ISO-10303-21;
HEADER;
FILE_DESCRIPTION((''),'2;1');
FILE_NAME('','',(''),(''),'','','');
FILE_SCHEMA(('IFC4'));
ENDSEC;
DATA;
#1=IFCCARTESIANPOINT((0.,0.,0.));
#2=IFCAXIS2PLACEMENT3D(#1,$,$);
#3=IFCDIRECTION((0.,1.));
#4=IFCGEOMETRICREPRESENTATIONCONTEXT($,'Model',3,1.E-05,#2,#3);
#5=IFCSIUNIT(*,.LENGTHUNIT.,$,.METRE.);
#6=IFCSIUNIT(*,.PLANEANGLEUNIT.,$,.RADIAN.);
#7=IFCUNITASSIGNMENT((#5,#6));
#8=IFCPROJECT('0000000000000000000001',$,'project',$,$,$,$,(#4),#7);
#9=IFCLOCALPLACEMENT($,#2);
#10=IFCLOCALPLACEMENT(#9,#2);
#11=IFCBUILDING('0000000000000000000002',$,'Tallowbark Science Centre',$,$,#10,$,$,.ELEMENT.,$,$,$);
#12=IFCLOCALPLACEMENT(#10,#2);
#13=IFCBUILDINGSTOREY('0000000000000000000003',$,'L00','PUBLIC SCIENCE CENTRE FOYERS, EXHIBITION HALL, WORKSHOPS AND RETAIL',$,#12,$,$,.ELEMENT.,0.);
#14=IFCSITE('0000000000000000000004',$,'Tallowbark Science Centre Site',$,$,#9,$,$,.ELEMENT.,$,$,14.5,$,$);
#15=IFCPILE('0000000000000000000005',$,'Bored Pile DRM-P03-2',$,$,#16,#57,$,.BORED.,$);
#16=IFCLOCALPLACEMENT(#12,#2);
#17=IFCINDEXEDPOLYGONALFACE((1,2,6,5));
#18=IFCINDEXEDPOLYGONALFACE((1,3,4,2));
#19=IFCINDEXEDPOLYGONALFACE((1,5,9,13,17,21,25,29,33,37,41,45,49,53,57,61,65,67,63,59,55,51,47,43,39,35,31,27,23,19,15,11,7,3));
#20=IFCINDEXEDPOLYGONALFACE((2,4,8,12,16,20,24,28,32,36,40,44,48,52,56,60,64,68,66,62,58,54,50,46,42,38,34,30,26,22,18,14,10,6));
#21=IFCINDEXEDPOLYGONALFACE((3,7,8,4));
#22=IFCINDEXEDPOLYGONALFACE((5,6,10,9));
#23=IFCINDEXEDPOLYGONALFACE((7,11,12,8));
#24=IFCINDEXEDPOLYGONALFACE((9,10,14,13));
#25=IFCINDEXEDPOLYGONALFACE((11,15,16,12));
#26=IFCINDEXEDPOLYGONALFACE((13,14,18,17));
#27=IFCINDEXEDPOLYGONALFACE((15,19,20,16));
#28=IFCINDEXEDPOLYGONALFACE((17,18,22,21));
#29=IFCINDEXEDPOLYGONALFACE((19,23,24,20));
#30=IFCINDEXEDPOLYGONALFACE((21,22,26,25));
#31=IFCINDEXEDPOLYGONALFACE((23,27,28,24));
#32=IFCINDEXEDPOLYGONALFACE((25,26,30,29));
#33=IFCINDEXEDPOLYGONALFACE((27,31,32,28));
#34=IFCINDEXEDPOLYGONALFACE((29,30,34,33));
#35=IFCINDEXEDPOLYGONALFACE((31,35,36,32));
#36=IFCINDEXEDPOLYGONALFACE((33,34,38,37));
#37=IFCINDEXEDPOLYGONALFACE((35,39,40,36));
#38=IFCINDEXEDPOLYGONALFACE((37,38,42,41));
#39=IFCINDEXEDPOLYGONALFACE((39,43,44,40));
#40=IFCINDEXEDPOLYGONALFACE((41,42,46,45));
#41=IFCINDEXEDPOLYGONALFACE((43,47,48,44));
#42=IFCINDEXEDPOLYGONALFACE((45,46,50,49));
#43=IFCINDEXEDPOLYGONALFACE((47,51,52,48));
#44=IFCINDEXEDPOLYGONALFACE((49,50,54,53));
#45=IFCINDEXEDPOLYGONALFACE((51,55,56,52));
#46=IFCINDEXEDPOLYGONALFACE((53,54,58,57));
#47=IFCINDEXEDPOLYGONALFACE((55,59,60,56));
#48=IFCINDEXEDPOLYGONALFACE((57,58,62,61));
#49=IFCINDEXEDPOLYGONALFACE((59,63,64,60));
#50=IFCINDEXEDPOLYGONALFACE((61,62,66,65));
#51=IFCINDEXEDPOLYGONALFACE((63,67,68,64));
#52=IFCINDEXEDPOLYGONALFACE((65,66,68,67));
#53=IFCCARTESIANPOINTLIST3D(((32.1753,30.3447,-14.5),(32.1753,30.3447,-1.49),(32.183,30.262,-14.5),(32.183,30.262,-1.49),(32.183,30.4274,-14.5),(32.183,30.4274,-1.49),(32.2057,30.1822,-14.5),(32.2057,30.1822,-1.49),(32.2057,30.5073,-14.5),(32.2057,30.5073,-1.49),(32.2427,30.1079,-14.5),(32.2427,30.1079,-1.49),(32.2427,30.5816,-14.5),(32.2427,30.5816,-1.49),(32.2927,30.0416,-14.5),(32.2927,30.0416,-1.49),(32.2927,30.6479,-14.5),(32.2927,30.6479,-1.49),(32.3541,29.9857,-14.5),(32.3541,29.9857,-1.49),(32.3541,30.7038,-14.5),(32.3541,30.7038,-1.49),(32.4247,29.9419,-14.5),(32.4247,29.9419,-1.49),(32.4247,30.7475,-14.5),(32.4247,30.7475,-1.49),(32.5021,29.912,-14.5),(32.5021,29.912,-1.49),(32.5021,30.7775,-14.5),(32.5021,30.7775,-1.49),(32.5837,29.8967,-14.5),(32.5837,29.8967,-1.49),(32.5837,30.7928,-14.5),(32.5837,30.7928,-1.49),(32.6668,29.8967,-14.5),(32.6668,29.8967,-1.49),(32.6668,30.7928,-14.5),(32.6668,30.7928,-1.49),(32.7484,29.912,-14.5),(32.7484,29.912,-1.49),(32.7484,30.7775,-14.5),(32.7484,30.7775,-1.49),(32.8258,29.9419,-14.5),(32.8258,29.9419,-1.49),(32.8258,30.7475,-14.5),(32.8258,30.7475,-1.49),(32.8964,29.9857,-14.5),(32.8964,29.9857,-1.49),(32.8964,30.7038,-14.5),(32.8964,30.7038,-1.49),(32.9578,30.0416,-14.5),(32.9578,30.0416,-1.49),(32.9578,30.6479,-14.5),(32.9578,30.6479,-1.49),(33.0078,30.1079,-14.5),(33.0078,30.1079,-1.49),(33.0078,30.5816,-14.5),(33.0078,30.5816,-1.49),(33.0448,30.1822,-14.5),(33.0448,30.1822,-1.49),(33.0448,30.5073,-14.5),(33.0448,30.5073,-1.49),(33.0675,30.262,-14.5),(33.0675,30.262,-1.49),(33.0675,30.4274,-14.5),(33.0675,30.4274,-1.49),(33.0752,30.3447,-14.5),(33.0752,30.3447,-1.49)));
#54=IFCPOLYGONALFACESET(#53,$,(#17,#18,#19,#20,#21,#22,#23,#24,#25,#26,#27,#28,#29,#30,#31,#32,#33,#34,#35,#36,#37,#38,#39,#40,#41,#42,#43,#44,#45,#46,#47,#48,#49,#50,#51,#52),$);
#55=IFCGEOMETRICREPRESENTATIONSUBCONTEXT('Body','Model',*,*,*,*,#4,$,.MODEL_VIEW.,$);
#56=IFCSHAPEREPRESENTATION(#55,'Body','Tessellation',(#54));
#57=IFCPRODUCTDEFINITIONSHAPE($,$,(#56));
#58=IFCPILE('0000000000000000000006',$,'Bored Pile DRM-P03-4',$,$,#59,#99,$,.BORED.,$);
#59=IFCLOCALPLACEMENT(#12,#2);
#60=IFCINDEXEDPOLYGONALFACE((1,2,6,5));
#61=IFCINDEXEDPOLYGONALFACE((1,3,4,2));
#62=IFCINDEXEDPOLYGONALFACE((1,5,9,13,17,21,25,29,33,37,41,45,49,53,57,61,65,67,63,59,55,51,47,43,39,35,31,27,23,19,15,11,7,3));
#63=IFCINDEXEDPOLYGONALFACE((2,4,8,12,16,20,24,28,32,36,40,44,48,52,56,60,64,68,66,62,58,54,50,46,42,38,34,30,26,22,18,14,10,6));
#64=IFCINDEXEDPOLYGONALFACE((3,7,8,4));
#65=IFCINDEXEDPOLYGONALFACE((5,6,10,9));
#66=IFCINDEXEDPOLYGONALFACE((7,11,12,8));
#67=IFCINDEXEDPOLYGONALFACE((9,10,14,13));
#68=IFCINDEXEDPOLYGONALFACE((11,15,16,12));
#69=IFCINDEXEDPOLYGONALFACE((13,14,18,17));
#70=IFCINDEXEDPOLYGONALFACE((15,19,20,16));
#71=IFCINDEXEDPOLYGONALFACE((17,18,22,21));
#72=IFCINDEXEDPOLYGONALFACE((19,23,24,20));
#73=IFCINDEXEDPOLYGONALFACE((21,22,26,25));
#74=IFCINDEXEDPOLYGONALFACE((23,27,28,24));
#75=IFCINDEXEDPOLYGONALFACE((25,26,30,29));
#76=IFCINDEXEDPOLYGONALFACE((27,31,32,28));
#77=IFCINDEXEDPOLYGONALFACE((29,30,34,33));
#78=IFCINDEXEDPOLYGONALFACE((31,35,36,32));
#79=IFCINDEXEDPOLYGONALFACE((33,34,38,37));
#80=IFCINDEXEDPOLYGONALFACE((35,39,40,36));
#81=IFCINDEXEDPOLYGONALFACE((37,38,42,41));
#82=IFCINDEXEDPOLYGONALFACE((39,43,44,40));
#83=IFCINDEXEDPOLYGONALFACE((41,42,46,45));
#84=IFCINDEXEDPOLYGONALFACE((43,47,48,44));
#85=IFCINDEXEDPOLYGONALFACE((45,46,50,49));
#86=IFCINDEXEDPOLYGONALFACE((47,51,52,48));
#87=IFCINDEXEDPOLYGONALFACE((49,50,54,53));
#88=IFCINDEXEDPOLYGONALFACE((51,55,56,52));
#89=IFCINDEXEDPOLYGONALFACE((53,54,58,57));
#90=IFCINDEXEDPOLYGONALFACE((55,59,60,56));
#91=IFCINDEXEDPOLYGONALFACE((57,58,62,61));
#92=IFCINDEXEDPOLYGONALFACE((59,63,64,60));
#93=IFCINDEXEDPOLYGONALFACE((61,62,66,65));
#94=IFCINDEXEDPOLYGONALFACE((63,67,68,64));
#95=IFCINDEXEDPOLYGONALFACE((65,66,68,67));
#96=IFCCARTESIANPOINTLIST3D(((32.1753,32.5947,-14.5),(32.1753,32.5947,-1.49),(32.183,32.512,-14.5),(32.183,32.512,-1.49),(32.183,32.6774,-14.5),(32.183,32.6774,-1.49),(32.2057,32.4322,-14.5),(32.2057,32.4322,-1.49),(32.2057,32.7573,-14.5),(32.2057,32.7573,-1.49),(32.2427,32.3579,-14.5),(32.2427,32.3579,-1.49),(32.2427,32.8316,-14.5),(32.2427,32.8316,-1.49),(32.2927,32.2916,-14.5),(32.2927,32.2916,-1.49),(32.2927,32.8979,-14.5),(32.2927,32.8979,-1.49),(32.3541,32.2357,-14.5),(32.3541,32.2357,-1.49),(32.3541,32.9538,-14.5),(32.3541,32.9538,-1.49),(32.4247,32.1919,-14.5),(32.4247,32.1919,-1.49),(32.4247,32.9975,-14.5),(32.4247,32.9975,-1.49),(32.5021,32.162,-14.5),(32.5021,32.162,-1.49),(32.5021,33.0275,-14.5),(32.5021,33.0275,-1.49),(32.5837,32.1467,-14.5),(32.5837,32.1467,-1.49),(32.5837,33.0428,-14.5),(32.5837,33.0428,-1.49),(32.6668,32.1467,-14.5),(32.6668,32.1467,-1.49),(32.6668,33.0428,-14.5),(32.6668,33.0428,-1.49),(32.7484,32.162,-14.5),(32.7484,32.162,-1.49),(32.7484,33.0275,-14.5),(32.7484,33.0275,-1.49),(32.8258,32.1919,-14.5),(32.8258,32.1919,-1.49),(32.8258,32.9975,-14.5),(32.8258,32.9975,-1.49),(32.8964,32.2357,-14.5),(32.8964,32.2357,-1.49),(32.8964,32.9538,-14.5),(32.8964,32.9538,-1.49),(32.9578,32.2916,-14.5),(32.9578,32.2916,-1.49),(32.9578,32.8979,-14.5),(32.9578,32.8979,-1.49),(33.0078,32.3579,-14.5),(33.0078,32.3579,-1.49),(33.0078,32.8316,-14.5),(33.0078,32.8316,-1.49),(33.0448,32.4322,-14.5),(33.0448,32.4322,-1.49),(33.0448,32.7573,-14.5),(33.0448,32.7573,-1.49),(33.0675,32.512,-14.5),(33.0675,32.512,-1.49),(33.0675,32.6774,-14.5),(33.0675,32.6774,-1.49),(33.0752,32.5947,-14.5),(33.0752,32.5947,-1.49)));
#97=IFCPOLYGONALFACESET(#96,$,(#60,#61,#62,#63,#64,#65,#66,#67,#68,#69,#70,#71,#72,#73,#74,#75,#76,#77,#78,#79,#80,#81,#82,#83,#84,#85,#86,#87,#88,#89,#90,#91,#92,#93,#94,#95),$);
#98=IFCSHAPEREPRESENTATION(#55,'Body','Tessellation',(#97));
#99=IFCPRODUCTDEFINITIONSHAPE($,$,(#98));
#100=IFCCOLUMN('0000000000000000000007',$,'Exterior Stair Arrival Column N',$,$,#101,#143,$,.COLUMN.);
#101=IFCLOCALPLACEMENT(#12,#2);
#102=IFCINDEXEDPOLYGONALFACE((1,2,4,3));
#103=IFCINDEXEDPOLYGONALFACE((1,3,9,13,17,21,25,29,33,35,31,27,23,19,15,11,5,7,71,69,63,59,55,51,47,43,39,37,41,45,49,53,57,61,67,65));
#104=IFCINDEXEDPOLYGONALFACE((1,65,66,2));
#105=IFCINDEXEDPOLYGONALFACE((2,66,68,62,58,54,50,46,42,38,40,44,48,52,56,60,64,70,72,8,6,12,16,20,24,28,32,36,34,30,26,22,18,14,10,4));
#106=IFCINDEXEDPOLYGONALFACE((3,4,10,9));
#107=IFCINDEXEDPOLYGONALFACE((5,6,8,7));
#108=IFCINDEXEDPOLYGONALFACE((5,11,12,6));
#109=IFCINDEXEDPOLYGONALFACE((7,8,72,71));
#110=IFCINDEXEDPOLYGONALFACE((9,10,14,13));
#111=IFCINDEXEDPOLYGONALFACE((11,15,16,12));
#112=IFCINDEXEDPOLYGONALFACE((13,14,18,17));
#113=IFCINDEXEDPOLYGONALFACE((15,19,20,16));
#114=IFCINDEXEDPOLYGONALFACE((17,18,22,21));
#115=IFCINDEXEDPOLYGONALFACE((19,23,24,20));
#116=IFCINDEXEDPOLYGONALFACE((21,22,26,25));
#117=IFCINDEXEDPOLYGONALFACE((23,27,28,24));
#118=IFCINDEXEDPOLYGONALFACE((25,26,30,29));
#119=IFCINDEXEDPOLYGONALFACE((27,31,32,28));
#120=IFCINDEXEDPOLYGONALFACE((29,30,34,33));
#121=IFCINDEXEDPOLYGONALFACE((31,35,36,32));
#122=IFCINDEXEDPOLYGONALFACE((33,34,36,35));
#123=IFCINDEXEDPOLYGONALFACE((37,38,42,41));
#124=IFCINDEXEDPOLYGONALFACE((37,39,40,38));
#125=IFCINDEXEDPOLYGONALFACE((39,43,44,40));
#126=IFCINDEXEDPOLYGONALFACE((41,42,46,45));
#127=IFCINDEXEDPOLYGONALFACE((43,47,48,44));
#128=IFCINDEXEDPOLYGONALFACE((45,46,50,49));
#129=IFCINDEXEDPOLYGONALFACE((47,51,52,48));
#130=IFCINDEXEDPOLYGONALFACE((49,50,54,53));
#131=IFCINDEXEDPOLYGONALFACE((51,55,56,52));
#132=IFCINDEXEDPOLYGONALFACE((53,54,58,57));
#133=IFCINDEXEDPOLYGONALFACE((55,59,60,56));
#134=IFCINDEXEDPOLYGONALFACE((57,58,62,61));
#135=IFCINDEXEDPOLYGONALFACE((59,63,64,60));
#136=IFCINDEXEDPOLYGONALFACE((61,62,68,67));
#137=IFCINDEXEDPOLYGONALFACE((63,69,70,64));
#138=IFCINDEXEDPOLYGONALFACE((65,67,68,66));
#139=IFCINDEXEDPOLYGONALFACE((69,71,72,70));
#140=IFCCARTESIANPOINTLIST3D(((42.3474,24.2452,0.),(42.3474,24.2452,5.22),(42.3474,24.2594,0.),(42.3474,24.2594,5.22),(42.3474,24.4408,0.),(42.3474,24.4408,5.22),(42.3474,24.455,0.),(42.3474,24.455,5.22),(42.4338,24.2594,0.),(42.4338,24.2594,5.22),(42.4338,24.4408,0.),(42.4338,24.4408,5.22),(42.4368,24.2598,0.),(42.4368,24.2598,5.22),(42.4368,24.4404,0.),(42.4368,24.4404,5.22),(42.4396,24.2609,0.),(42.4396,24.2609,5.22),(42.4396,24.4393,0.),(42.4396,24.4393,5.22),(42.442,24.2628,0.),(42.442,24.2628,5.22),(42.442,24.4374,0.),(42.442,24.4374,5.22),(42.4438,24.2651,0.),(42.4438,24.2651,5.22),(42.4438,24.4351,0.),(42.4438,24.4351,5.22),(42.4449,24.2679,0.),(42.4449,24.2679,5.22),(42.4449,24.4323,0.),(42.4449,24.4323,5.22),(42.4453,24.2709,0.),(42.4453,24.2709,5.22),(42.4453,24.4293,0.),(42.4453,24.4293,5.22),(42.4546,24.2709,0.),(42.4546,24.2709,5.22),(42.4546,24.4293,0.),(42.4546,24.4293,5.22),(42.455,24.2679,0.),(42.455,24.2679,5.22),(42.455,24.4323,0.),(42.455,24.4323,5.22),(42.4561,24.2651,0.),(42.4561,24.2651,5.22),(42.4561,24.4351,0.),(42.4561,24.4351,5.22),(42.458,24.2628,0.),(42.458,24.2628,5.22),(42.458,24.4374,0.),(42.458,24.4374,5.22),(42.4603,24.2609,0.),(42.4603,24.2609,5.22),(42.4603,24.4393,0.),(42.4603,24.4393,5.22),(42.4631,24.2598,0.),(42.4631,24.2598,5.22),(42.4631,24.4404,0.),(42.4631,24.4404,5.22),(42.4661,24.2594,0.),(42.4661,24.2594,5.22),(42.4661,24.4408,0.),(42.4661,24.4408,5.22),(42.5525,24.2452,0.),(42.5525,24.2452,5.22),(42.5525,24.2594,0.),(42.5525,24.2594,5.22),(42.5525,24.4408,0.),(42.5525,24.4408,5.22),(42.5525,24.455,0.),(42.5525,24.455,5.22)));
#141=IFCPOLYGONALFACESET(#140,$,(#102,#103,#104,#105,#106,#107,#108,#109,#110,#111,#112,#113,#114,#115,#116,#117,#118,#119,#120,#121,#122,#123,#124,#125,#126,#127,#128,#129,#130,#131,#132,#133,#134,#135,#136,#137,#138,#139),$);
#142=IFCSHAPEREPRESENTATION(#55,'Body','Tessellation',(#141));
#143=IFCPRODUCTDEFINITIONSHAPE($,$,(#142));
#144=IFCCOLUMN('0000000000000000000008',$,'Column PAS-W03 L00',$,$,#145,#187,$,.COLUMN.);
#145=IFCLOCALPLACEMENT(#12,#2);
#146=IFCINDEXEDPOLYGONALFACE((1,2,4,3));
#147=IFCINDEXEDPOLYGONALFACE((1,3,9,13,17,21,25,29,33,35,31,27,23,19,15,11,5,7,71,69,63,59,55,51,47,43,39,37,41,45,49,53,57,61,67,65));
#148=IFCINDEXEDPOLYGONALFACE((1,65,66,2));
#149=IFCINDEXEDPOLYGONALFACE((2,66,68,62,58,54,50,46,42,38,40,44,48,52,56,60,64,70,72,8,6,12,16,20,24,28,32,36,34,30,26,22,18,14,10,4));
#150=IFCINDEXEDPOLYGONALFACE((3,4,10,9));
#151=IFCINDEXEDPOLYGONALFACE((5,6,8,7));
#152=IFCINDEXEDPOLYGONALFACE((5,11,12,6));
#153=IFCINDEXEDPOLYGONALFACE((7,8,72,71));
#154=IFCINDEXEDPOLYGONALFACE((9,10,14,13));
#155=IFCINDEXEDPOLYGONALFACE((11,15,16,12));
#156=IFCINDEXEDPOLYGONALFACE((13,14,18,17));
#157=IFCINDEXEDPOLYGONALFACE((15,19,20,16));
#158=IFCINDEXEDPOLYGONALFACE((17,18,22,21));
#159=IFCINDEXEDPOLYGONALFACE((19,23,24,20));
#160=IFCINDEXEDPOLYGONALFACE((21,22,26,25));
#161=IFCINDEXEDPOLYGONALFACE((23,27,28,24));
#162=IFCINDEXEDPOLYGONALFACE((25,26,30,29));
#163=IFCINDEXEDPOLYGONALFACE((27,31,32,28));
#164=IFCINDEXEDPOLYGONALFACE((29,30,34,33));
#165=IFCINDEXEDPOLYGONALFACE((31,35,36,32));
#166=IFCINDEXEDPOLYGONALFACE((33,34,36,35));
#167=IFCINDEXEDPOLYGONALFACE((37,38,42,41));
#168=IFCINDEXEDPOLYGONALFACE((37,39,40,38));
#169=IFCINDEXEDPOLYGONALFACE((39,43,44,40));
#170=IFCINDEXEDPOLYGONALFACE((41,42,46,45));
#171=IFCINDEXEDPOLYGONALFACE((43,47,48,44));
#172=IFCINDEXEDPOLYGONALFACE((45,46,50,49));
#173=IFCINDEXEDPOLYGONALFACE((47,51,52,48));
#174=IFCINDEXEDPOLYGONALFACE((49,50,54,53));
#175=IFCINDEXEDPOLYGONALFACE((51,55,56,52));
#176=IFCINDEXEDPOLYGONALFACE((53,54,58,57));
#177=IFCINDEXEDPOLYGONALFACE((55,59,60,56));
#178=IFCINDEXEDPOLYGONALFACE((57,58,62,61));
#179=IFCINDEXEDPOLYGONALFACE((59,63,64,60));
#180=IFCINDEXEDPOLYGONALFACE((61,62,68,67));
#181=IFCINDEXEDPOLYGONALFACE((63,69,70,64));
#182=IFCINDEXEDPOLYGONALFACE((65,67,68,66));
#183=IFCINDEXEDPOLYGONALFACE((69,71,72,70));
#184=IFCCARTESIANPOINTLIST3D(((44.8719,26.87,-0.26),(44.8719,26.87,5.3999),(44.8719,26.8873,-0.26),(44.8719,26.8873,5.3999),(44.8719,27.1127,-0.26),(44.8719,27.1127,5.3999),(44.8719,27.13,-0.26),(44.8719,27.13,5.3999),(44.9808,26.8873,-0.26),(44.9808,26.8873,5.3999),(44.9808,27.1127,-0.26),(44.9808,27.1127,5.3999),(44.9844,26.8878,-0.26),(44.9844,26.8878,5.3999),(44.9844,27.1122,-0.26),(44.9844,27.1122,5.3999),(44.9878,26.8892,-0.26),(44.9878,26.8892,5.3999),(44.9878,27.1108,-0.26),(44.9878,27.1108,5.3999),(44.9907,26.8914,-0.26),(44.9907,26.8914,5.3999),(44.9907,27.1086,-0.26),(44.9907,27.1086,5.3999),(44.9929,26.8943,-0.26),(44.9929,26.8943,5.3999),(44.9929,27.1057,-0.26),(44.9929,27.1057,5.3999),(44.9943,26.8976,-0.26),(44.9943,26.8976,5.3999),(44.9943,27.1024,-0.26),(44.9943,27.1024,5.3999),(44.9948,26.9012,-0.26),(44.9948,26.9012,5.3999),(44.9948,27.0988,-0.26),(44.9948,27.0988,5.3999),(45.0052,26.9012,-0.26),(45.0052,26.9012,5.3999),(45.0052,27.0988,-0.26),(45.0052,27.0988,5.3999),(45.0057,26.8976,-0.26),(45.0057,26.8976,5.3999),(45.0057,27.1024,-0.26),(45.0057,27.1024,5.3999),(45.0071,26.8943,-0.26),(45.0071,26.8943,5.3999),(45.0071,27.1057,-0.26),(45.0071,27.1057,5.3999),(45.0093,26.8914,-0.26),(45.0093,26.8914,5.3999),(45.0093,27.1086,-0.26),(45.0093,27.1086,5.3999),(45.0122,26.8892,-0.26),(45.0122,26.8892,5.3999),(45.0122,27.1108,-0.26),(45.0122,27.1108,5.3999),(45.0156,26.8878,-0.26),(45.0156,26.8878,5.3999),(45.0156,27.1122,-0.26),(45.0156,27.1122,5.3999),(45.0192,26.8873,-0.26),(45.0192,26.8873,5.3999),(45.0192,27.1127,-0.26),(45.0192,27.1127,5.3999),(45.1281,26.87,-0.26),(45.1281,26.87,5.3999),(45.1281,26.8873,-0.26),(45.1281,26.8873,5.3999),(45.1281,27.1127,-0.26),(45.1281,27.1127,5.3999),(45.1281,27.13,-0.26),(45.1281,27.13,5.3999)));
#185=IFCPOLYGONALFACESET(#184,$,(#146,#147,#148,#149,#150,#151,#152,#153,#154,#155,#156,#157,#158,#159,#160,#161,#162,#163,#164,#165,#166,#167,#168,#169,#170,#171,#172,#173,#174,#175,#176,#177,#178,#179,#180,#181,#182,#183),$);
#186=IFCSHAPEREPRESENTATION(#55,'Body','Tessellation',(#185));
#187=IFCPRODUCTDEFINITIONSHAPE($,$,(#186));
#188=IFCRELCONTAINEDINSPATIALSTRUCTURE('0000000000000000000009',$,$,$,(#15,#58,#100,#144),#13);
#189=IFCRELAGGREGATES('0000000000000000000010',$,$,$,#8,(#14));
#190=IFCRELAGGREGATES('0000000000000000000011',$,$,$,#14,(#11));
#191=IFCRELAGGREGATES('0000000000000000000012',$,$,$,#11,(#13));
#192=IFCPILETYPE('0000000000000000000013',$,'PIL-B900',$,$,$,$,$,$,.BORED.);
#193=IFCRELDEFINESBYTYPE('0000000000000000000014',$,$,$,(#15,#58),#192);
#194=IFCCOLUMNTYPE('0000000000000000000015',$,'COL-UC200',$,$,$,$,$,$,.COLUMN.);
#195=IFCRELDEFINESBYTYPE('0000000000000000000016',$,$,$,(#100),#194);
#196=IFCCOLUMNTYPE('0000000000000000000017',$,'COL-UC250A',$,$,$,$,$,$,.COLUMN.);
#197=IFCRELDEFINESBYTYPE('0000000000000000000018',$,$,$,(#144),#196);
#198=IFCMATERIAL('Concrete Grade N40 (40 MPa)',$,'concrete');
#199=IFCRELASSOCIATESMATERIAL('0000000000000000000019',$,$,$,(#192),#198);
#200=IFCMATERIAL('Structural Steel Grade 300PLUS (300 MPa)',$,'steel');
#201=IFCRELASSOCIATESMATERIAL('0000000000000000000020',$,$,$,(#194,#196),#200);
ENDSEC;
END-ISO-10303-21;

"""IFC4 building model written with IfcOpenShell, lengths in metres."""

from ifc_helpers import new_model, si_unit, direction, frame, origin, origin_2d, place, context, subcontext, project, spatial, circle, i_section, extrude, material, material_profile, profile_set, type_object, element, save


model = new_model("IFC4")

# Units and contexts
model_context = context("Model", 3, precision=1e-05, world=origin(), true_north=direction((0.0, 1.0)))
body_context = subcontext(model_context, "Body", "Model", "MODEL_VIEW")
ifc_project = project(units=[si_unit("LENGTHUNIT", "METRE"), si_unit("PLANEANGLEUNIT", "RADIAN")], contexts=[model_context])

# Site, building, storey
site_placement = place(None, origin())
site = spatial("IfcSite", under=ifc_project, at=site_placement, Name="Tallowbark Science Centre Site", CompositionType="ELEMENT", RefElevation=14.5)
building_placement = place(site_placement, origin())
building = spatial("IfcBuilding", under=site, at=building_placement, Name="Tallowbark Science Centre", CompositionType="ELEMENT")
storey_placement = place(building_placement, origin())
storey = spatial("IfcBuildingStorey", under=building, at=storey_placement, Name="L00", Description="PUBLIC SCIENCE CENTRE FOYERS, EXHIBITION HALL, WORKSHOPS AND RETAIL", CompositionType="ELEMENT", Elevation=0.0)

# Shared definitions
ifc_material_1 = material(Name="Concrete Grade N40 (40 MPa)", Category="concrete")

# Piles
ifc_material_profile_1 = material_profile(ifc_material_1, circle(Radius=0.45, at=origin_2d()), Name="PILE900")
ifc_profile_set_1 = profile_set([ifc_material_profile_1], Name="Concrete Grade N40 (40 MPa)")
pile_type_1 = type_object("IfcPileType", Name="PIL-B900", PredefinedType="BORED", material=ifc_profile_set_1)
for number, where, z_axis, x_axis, name in (
    (1, (32.6252, 30.3447, -1.49), (0.0, 0.0, -1.0), (1.0, 0.0, 0.0), "Bored Pile DRM-P03-2"),
    (2, (32.6252, 32.5947, -1.49), (0.0, 0.0, -1.0), (1.0, 0.0, 0.0), "Bored Pile DRM-P03-4"),
):
    element("IfcPile", number, at=place(storey_placement, frame(where, z_axis=z_axis, x_axis=x_axis)), inside=storey, type_object=pile_type_1, Name=name, PredefinedType="BORED", context=body_context, shape_type="SweptSolid", body=[
        extrude(circle(Radius=0.45, at=origin_2d()), origin(), (0.0, 0.0, 1.0), 13.01),
    ])

# Columns
ifc_material_2 = material(Name="Structural Steel Grade 300PLUS (300 MPa)", Category="steel")
ifc_material_profile_2 = material_profile(ifc_material_2, i_section(OverallWidth=0.2051, OverallDepth=0.2097, WebThickness=0.0093, FlangeThickness=0.0142, FilletRadius=0.0115, at=origin_2d()), Name="200UC59.5")
ifc_profile_set_2 = profile_set([ifc_material_profile_2], Name="Structural Steel Grade 300PLUS (300 MPa)")
column_type_1 = type_object("IfcColumnType", Name="COL-UC200", PredefinedType="COLUMN", material=ifc_profile_set_2)
column_placement = place(storey_placement, frame((42.45, 24.3501, 0.0), z_axis=(0.0, 0.0, 1.0), x_axis=(1.0, 0.0, 0.0)))
element("IfcColumn", 3, at=column_placement, inside=storey, type_object=column_type_1, Name="Exterior Stair Arrival Column N", PredefinedType="COLUMN", context=body_context, shape_type="SweptSolid", body=[
    extrude(i_section(OverallWidth=0.2051, OverallDepth=0.2097, WebThickness=0.0093, FlangeThickness=0.0142, FilletRadius=0.0115, at=origin_2d()), origin(), (0.0, 0.0, 1.0), 5.22),
])
ifc_material_profile_3 = material_profile(ifc_material_2, i_section(OverallWidth=0.2561, OverallDepth=0.26, WebThickness=0.0105, FlangeThickness=0.0173, FilletRadius=0.0139, at=origin_2d()), Name="250UC89.5")
ifc_profile_set_3 = profile_set([ifc_material_profile_3], Name="Structural Steel Grade 300PLUS (300 MPa)")
column_type_2 = type_object("IfcColumnType", Name="COL-UC250A", PredefinedType="COLUMN", material=ifc_profile_set_3)
for number, where, z_axis, x_axis, name in (
    (4, (45.0, 27.0, -0.26), (0.0, 0.0, 1.0), (1.0, 0.0, 0.0), "Column PAS-W03 L00"),
):
    element("IfcColumn", number, at=place(storey_placement, frame(where, z_axis=z_axis, x_axis=x_axis)), inside=storey, type_object=column_type_2, Name=name, PredefinedType="COLUMN", context=body_context, shape_type="SweptSolid", body=[
        extrude(i_section(OverallWidth=0.2561, OverallDepth=0.26, WebThickness=0.0105, FlangeThickness=0.0173, FilletRadius=0.0139, at=origin_2d()), origin(), (0.0, 0.0, 1.0), 5.6599),
    ])

save(model, "model.ifc")
